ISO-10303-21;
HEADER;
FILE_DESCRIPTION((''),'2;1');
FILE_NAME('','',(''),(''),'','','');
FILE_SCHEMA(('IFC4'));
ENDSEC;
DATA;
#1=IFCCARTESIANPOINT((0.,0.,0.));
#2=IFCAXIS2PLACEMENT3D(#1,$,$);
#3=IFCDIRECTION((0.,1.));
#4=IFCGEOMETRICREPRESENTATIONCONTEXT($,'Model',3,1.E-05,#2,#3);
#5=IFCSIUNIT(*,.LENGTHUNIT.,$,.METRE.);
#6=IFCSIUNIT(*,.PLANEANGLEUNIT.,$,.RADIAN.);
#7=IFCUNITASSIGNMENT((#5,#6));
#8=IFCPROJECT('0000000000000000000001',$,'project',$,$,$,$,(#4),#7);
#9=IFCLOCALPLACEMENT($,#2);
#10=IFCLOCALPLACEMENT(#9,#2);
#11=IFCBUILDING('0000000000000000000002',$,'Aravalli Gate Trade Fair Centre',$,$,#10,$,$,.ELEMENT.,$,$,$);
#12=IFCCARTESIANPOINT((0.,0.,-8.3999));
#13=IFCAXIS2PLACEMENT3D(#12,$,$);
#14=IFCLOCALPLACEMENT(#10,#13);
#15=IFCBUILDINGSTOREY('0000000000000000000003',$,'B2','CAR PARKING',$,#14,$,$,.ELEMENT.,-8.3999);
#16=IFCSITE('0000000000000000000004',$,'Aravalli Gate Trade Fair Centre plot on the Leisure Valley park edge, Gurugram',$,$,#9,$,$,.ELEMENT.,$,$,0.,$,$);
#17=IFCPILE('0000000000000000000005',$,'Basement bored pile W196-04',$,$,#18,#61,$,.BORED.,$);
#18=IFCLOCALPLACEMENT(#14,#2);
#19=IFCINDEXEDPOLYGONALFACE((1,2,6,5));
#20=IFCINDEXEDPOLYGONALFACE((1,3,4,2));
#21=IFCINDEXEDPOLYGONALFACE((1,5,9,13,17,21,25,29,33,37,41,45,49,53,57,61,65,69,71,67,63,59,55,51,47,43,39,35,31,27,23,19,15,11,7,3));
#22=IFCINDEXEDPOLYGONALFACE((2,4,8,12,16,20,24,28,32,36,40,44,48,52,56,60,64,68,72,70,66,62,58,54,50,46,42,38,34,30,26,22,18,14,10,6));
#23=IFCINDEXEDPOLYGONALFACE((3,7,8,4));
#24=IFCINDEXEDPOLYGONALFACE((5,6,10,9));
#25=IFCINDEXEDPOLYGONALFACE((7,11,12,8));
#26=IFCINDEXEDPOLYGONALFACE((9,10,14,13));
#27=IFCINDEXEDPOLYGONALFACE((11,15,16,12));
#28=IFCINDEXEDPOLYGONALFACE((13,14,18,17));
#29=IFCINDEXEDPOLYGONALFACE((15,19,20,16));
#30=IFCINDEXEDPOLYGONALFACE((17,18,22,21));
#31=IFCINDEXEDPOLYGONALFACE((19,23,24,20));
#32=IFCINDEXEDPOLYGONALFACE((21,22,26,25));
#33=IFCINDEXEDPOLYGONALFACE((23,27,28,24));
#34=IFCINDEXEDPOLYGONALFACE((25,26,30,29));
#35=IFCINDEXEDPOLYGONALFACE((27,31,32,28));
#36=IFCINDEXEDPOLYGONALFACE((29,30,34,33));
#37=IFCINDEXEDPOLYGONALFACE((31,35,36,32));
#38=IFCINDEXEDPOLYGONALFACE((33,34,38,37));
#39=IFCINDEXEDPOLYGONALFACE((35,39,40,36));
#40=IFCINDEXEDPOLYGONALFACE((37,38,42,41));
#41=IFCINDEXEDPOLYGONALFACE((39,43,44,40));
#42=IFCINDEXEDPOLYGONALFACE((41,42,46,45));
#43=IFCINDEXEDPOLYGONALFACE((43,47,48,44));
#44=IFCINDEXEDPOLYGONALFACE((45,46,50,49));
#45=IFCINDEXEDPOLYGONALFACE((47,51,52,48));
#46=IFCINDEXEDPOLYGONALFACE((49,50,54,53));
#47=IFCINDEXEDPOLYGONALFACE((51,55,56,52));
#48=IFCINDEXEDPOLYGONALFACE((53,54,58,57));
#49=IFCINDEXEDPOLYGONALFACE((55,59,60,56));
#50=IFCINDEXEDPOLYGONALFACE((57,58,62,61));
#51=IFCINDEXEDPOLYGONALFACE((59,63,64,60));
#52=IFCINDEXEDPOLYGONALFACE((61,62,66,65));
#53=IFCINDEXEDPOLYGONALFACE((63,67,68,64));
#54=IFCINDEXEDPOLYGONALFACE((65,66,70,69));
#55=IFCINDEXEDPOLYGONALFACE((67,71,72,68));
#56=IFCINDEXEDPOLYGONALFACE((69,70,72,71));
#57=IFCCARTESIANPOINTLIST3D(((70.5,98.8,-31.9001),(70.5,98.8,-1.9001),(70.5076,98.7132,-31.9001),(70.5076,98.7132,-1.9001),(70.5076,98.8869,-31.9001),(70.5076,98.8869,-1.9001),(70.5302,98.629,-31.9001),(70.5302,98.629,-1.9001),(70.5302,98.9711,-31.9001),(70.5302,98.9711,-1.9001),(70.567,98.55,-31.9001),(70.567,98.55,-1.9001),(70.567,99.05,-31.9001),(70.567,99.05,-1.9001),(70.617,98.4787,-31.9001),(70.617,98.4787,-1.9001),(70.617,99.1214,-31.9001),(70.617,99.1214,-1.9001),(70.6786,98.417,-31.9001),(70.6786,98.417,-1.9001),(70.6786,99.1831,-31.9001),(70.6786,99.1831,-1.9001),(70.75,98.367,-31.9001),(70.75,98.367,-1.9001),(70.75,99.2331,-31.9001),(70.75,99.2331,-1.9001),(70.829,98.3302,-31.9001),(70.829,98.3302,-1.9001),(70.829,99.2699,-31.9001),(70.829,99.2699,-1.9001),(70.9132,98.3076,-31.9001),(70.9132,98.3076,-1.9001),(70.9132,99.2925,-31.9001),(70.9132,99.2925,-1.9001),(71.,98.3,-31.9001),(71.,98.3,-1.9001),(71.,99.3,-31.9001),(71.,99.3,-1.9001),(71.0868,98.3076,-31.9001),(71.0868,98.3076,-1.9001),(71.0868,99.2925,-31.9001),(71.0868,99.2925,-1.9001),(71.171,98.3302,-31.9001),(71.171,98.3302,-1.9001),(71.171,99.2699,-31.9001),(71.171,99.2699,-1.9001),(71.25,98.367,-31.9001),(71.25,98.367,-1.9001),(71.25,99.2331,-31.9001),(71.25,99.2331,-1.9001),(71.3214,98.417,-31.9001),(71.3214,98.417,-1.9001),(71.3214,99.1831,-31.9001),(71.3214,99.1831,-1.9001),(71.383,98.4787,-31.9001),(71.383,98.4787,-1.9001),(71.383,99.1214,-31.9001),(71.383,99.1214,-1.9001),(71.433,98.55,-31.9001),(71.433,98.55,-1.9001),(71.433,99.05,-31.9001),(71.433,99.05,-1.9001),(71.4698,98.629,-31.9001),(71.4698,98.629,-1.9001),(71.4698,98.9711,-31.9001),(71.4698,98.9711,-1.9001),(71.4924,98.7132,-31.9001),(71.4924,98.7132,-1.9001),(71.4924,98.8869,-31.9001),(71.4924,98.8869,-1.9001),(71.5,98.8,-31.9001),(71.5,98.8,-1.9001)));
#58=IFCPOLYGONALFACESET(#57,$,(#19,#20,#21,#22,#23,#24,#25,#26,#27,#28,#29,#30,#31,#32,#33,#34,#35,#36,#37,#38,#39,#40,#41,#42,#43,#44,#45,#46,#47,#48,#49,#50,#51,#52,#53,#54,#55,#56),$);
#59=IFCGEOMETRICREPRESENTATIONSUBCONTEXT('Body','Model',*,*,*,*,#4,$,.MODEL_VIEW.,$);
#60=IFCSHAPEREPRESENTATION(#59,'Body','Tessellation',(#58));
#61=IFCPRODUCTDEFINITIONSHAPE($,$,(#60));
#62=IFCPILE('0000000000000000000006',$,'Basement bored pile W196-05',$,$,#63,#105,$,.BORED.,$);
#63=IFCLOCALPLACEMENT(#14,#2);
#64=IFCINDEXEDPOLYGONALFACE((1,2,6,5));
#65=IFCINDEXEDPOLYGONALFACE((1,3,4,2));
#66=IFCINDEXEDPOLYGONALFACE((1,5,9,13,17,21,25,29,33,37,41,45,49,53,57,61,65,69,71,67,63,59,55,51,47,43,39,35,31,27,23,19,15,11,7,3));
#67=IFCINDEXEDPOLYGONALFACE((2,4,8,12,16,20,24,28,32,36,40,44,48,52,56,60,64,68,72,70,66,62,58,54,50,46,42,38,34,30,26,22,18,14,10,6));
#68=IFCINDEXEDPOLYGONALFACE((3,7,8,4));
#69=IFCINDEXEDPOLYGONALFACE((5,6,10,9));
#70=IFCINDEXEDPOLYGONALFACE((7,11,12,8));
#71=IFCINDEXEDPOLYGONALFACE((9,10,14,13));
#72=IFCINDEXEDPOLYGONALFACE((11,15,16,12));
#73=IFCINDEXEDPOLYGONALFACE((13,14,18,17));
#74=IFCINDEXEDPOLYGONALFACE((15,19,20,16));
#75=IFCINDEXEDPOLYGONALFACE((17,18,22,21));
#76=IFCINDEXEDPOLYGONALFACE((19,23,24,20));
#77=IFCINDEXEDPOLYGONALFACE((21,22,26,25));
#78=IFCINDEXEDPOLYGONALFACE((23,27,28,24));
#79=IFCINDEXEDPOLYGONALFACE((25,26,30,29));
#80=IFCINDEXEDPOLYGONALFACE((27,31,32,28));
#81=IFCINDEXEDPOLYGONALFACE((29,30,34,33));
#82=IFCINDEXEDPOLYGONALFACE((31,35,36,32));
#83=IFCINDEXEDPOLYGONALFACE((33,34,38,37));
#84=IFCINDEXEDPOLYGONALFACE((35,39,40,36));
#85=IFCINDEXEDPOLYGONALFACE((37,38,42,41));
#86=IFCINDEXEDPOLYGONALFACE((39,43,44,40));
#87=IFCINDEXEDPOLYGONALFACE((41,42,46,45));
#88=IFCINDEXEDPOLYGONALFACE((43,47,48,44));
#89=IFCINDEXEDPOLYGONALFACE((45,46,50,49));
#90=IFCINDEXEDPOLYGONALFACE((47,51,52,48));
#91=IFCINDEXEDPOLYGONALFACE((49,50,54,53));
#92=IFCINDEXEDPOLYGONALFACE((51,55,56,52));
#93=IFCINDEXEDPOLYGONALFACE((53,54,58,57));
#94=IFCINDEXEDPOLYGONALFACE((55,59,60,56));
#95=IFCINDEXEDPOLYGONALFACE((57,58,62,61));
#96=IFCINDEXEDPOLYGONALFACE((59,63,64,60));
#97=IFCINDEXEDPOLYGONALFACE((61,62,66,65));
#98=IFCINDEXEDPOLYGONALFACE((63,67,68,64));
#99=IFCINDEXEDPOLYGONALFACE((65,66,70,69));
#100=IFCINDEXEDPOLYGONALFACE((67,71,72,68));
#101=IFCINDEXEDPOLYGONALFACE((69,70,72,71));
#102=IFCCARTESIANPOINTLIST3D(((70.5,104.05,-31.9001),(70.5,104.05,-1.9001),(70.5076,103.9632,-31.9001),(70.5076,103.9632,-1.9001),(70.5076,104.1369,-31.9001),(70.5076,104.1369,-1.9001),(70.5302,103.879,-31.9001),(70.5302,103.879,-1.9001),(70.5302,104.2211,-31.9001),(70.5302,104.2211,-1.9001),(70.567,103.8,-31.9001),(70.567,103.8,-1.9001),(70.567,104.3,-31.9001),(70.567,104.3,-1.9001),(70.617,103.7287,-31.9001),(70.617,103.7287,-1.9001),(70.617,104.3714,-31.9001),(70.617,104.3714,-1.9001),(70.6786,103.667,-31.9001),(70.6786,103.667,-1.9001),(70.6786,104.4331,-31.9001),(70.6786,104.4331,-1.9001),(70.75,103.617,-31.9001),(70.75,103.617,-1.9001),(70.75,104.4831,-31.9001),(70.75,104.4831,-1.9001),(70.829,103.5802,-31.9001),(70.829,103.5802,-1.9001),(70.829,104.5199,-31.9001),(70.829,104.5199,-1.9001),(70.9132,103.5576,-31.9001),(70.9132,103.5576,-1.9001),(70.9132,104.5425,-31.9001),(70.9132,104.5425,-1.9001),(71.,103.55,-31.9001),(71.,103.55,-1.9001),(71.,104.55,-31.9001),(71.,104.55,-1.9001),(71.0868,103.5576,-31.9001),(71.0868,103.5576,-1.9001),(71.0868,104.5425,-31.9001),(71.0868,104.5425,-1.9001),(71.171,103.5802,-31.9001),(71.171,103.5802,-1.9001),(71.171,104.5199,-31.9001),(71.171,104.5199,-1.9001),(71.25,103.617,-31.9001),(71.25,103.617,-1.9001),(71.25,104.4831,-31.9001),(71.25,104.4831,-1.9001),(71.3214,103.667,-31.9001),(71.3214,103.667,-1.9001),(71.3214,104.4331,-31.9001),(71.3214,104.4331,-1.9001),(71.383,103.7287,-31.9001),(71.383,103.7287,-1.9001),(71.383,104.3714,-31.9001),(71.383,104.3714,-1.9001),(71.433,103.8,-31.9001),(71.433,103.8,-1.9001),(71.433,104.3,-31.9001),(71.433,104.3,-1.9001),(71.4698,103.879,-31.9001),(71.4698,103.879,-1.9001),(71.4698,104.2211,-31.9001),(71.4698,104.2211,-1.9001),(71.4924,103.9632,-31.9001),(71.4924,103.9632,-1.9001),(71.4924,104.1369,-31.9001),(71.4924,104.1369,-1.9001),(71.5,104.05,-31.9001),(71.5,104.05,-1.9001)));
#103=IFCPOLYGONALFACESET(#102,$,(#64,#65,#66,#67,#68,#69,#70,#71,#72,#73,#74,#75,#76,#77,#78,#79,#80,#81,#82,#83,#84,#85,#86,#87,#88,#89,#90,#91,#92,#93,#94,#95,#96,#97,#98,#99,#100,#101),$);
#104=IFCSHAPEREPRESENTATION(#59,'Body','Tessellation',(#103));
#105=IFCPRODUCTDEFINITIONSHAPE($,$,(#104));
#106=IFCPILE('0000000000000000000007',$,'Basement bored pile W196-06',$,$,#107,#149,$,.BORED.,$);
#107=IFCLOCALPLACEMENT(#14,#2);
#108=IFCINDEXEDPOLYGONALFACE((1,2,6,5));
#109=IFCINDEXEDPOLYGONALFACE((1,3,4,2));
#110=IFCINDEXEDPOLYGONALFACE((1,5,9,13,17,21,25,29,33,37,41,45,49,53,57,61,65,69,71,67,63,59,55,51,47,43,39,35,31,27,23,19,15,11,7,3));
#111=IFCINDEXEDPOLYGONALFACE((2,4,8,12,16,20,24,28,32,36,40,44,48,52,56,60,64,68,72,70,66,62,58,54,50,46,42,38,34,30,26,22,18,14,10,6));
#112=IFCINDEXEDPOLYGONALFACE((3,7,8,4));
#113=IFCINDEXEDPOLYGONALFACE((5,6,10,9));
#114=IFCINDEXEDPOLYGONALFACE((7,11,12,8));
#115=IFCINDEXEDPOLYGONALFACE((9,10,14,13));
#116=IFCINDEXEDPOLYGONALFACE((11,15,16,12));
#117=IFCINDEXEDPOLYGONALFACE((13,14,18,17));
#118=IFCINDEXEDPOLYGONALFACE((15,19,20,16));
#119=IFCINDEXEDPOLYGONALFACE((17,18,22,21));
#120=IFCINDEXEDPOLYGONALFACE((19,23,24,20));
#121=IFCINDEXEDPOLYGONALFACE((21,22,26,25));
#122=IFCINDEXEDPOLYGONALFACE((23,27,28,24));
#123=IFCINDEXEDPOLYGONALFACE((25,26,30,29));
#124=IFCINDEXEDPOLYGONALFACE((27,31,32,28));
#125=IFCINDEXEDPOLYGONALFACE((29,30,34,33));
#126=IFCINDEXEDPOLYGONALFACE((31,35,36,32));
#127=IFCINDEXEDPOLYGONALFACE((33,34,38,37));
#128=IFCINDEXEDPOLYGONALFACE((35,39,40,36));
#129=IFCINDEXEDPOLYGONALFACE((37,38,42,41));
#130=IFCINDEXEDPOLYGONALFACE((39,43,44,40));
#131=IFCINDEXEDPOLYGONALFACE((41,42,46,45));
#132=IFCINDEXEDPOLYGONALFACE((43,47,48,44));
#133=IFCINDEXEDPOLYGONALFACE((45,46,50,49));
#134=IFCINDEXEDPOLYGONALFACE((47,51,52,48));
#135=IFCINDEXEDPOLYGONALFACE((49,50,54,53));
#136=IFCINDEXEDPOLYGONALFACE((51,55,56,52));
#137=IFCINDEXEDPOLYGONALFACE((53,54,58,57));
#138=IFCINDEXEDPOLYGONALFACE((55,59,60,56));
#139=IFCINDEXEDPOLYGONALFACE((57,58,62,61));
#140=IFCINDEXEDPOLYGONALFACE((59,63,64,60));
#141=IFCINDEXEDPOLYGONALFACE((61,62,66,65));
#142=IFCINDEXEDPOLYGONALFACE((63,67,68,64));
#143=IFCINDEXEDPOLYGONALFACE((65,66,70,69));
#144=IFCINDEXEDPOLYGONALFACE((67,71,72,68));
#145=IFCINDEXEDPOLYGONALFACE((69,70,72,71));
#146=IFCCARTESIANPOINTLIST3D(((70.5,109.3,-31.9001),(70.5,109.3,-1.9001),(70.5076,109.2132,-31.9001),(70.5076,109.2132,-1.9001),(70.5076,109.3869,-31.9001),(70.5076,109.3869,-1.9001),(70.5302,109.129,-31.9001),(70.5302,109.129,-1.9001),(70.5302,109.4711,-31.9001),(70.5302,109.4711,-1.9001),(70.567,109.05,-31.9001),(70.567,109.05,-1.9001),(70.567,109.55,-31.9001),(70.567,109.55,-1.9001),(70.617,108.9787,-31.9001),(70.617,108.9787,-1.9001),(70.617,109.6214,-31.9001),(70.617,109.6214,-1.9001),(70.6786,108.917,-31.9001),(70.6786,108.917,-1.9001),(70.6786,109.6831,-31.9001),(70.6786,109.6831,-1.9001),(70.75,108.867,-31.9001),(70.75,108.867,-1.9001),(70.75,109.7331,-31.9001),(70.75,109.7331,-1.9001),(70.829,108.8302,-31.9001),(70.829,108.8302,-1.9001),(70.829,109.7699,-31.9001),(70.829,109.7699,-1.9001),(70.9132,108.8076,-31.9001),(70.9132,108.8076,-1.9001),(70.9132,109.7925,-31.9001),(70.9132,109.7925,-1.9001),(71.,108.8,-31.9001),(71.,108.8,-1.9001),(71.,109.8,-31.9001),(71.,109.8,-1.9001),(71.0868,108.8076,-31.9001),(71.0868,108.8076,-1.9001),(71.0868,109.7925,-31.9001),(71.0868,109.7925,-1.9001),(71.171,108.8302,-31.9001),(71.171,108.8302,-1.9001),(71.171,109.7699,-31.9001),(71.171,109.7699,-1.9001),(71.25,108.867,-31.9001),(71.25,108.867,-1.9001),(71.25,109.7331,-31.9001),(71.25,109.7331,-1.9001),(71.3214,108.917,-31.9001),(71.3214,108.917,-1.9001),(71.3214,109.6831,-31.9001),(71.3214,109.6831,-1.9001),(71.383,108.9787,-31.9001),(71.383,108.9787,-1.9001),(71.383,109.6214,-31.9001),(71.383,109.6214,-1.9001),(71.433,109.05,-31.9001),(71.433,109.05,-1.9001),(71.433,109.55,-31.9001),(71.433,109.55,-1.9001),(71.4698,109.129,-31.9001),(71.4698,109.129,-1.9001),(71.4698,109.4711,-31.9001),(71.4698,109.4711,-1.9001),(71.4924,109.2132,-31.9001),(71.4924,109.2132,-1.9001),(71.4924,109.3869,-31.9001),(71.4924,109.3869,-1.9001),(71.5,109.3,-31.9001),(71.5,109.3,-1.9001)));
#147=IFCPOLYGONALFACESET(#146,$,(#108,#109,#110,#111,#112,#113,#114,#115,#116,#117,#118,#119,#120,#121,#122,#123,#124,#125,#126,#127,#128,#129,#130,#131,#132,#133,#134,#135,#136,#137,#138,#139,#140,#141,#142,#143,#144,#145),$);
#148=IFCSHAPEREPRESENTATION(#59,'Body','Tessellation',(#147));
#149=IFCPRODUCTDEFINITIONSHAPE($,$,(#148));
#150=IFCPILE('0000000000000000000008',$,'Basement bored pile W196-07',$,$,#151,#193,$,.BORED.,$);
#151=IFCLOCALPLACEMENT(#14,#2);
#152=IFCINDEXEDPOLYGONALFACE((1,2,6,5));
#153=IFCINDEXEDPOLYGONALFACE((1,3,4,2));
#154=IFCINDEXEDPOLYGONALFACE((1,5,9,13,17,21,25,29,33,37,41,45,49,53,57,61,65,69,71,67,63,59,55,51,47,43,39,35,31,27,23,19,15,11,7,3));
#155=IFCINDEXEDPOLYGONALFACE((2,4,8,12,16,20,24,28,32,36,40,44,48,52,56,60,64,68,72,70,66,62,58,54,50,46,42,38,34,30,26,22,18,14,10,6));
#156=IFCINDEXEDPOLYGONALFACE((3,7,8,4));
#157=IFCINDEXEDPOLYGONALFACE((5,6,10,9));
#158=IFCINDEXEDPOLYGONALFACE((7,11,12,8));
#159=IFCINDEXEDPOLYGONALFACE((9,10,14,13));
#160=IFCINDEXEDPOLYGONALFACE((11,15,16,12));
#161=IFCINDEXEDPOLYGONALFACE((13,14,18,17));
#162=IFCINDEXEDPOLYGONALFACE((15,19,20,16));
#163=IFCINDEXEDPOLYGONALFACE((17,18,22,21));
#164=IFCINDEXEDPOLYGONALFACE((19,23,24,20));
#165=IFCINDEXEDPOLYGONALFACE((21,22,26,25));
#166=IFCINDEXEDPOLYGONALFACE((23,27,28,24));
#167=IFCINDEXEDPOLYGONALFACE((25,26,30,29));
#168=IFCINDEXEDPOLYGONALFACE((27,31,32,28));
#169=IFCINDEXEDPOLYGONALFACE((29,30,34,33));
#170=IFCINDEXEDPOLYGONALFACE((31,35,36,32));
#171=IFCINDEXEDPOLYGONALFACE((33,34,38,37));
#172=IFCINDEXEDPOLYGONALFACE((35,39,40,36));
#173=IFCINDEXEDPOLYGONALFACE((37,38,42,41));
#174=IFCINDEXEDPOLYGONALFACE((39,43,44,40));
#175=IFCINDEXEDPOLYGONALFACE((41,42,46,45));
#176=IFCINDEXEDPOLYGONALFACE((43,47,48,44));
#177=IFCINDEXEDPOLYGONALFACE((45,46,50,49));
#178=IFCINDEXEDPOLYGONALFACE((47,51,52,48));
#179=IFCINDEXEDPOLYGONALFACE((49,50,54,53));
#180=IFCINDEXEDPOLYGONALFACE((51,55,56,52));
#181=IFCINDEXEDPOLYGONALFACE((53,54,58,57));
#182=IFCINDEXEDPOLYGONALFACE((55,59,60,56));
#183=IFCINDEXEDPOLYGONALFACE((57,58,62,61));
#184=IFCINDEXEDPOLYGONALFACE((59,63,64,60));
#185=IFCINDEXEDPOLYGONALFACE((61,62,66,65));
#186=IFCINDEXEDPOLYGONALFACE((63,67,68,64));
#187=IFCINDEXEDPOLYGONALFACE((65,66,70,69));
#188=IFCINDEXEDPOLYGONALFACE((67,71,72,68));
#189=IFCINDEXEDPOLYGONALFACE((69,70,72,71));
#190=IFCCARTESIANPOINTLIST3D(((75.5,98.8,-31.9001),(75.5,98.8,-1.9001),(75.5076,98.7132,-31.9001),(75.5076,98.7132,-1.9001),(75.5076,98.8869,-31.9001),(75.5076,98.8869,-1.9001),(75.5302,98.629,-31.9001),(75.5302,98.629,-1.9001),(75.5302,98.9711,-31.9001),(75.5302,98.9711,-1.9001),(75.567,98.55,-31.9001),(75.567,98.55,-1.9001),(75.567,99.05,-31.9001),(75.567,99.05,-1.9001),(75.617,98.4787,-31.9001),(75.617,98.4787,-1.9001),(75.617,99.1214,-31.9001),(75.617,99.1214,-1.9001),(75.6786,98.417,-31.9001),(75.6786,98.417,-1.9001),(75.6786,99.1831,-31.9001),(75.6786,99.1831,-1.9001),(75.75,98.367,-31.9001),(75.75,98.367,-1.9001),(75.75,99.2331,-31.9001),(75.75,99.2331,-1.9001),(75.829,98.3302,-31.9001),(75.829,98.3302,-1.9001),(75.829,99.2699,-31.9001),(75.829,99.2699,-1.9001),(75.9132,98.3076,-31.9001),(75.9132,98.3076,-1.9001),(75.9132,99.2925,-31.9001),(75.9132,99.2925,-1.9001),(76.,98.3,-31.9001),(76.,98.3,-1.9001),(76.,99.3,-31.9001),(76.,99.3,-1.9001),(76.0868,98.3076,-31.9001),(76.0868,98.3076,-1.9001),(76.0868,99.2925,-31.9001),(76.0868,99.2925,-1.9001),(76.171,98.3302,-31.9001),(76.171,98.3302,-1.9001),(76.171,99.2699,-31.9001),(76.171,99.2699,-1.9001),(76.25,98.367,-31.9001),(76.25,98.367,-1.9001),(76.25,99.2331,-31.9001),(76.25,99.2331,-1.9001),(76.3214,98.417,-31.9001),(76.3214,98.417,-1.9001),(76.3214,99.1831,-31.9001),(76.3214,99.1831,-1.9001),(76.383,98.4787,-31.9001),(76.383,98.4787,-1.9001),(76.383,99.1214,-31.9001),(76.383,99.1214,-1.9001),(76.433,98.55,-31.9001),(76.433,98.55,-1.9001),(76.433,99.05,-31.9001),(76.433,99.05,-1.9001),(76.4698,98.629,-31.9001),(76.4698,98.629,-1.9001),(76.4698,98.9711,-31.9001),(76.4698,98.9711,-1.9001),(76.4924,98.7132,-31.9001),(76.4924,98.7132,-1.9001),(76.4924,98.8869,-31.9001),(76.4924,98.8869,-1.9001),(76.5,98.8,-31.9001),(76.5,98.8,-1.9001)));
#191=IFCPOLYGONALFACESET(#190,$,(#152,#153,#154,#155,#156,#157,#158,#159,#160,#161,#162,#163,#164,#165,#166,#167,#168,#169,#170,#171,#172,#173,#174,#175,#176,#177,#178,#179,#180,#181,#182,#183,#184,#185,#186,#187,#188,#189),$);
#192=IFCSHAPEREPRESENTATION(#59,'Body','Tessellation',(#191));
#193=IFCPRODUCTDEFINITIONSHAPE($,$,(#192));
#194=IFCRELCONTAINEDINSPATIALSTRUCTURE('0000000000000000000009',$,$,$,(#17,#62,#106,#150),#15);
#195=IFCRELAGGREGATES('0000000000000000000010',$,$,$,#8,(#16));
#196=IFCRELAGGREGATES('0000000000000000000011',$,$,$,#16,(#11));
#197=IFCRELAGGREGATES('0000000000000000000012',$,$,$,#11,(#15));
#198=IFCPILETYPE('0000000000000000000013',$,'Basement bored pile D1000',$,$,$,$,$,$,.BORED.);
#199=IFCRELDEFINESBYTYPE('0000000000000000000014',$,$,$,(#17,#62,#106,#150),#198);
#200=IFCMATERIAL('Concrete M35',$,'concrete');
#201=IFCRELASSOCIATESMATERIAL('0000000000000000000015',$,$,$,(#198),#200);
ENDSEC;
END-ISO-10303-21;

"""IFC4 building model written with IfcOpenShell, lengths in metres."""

from ifc_helpers import new_model, si_unit, direction, frame, origin, origin_2d, place, context, subcontext, project, spatial, circle, extrude, material, material_profile, profile_set, type_object, element, save


model = new_model("IFC4")

# Units and contexts
model_context = context("Model", 3, precision=1e-05, world=origin(), true_north=direction((0.0, 1.0)))
body_context = subcontext(model_context, "Body", "Model", "MODEL_VIEW")
ifc_project = project(units=[si_unit("LENGTHUNIT", "METRE"), si_unit("PLANEANGLEUNIT", "RADIAN")], contexts=[model_context])

# Site, building, storey
site_placement = place(None, origin())
site = spatial("IfcSite", under=ifc_project, at=site_placement, Name="Aravalli Gate Trade Fair Centre plot on the Leisure Valley park edge, Gurugram", CompositionType="ELEMENT", RefElevation=0.0)
building_placement = place(site_placement, origin())
building = spatial("IfcBuilding", under=site, at=building_placement, Name="Aravalli Gate Trade Fair Centre", CompositionType="ELEMENT")
storey_placement = place(building_placement, frame((0.0, 0.0, -8.3999)))
storey = spatial("IfcBuildingStorey", under=building, at=storey_placement, Name="B2", Description="CAR PARKING", CompositionType="ELEMENT", Elevation=-8.3999)

# Piles
ifc_material_1 = material(Name="Concrete M35", Category="concrete")
ifc_material_profile_1 = material_profile(ifc_material_1, circle(Radius=0.5, at=origin_2d()), Name="D1000")
ifc_profile_set_1 = profile_set([ifc_material_profile_1], Name="Concrete M35")
pile_type = type_object("IfcPileType", Name="Basement bored pile D1000", PredefinedType="BORED", material=ifc_profile_set_1)
for number, where, z_axis, x_axis, name in (
    (1, (71.0, 98.8, -1.9001), (0.0, 0.0, -1.0), (1.0, 0.0, 0.0), "Basement bored pile W196-04"),
    (2, (71.0, 104.05, -1.9001), (0.0, 0.0, -1.0), (1.0, 0.0, 0.0), "Basement bored pile W196-05"),
    (3, (71.0, 109.3, -1.9001), (0.0, 0.0, -1.0), (1.0, 0.0, 0.0), "Basement bored pile W196-06"),
    (4, (76.0, 98.8, -1.9001), (0.0, 0.0, -1.0), (1.0, 0.0, 0.0), "Basement bored pile W196-07"),
):
    element("IfcPile", number, at=place(storey_placement, frame(where, z_axis=z_axis, x_axis=x_axis)), inside=storey, type_object=pile_type, Name=name, PredefinedType="BORED", context=body_context, shape_type="SweptSolid", body=[
        extrude(circle(Radius=0.5, at=origin_2d()), origin(), (0.0, 0.0, 1.0), 30.0),
    ])

save(model, "model.ifc")
